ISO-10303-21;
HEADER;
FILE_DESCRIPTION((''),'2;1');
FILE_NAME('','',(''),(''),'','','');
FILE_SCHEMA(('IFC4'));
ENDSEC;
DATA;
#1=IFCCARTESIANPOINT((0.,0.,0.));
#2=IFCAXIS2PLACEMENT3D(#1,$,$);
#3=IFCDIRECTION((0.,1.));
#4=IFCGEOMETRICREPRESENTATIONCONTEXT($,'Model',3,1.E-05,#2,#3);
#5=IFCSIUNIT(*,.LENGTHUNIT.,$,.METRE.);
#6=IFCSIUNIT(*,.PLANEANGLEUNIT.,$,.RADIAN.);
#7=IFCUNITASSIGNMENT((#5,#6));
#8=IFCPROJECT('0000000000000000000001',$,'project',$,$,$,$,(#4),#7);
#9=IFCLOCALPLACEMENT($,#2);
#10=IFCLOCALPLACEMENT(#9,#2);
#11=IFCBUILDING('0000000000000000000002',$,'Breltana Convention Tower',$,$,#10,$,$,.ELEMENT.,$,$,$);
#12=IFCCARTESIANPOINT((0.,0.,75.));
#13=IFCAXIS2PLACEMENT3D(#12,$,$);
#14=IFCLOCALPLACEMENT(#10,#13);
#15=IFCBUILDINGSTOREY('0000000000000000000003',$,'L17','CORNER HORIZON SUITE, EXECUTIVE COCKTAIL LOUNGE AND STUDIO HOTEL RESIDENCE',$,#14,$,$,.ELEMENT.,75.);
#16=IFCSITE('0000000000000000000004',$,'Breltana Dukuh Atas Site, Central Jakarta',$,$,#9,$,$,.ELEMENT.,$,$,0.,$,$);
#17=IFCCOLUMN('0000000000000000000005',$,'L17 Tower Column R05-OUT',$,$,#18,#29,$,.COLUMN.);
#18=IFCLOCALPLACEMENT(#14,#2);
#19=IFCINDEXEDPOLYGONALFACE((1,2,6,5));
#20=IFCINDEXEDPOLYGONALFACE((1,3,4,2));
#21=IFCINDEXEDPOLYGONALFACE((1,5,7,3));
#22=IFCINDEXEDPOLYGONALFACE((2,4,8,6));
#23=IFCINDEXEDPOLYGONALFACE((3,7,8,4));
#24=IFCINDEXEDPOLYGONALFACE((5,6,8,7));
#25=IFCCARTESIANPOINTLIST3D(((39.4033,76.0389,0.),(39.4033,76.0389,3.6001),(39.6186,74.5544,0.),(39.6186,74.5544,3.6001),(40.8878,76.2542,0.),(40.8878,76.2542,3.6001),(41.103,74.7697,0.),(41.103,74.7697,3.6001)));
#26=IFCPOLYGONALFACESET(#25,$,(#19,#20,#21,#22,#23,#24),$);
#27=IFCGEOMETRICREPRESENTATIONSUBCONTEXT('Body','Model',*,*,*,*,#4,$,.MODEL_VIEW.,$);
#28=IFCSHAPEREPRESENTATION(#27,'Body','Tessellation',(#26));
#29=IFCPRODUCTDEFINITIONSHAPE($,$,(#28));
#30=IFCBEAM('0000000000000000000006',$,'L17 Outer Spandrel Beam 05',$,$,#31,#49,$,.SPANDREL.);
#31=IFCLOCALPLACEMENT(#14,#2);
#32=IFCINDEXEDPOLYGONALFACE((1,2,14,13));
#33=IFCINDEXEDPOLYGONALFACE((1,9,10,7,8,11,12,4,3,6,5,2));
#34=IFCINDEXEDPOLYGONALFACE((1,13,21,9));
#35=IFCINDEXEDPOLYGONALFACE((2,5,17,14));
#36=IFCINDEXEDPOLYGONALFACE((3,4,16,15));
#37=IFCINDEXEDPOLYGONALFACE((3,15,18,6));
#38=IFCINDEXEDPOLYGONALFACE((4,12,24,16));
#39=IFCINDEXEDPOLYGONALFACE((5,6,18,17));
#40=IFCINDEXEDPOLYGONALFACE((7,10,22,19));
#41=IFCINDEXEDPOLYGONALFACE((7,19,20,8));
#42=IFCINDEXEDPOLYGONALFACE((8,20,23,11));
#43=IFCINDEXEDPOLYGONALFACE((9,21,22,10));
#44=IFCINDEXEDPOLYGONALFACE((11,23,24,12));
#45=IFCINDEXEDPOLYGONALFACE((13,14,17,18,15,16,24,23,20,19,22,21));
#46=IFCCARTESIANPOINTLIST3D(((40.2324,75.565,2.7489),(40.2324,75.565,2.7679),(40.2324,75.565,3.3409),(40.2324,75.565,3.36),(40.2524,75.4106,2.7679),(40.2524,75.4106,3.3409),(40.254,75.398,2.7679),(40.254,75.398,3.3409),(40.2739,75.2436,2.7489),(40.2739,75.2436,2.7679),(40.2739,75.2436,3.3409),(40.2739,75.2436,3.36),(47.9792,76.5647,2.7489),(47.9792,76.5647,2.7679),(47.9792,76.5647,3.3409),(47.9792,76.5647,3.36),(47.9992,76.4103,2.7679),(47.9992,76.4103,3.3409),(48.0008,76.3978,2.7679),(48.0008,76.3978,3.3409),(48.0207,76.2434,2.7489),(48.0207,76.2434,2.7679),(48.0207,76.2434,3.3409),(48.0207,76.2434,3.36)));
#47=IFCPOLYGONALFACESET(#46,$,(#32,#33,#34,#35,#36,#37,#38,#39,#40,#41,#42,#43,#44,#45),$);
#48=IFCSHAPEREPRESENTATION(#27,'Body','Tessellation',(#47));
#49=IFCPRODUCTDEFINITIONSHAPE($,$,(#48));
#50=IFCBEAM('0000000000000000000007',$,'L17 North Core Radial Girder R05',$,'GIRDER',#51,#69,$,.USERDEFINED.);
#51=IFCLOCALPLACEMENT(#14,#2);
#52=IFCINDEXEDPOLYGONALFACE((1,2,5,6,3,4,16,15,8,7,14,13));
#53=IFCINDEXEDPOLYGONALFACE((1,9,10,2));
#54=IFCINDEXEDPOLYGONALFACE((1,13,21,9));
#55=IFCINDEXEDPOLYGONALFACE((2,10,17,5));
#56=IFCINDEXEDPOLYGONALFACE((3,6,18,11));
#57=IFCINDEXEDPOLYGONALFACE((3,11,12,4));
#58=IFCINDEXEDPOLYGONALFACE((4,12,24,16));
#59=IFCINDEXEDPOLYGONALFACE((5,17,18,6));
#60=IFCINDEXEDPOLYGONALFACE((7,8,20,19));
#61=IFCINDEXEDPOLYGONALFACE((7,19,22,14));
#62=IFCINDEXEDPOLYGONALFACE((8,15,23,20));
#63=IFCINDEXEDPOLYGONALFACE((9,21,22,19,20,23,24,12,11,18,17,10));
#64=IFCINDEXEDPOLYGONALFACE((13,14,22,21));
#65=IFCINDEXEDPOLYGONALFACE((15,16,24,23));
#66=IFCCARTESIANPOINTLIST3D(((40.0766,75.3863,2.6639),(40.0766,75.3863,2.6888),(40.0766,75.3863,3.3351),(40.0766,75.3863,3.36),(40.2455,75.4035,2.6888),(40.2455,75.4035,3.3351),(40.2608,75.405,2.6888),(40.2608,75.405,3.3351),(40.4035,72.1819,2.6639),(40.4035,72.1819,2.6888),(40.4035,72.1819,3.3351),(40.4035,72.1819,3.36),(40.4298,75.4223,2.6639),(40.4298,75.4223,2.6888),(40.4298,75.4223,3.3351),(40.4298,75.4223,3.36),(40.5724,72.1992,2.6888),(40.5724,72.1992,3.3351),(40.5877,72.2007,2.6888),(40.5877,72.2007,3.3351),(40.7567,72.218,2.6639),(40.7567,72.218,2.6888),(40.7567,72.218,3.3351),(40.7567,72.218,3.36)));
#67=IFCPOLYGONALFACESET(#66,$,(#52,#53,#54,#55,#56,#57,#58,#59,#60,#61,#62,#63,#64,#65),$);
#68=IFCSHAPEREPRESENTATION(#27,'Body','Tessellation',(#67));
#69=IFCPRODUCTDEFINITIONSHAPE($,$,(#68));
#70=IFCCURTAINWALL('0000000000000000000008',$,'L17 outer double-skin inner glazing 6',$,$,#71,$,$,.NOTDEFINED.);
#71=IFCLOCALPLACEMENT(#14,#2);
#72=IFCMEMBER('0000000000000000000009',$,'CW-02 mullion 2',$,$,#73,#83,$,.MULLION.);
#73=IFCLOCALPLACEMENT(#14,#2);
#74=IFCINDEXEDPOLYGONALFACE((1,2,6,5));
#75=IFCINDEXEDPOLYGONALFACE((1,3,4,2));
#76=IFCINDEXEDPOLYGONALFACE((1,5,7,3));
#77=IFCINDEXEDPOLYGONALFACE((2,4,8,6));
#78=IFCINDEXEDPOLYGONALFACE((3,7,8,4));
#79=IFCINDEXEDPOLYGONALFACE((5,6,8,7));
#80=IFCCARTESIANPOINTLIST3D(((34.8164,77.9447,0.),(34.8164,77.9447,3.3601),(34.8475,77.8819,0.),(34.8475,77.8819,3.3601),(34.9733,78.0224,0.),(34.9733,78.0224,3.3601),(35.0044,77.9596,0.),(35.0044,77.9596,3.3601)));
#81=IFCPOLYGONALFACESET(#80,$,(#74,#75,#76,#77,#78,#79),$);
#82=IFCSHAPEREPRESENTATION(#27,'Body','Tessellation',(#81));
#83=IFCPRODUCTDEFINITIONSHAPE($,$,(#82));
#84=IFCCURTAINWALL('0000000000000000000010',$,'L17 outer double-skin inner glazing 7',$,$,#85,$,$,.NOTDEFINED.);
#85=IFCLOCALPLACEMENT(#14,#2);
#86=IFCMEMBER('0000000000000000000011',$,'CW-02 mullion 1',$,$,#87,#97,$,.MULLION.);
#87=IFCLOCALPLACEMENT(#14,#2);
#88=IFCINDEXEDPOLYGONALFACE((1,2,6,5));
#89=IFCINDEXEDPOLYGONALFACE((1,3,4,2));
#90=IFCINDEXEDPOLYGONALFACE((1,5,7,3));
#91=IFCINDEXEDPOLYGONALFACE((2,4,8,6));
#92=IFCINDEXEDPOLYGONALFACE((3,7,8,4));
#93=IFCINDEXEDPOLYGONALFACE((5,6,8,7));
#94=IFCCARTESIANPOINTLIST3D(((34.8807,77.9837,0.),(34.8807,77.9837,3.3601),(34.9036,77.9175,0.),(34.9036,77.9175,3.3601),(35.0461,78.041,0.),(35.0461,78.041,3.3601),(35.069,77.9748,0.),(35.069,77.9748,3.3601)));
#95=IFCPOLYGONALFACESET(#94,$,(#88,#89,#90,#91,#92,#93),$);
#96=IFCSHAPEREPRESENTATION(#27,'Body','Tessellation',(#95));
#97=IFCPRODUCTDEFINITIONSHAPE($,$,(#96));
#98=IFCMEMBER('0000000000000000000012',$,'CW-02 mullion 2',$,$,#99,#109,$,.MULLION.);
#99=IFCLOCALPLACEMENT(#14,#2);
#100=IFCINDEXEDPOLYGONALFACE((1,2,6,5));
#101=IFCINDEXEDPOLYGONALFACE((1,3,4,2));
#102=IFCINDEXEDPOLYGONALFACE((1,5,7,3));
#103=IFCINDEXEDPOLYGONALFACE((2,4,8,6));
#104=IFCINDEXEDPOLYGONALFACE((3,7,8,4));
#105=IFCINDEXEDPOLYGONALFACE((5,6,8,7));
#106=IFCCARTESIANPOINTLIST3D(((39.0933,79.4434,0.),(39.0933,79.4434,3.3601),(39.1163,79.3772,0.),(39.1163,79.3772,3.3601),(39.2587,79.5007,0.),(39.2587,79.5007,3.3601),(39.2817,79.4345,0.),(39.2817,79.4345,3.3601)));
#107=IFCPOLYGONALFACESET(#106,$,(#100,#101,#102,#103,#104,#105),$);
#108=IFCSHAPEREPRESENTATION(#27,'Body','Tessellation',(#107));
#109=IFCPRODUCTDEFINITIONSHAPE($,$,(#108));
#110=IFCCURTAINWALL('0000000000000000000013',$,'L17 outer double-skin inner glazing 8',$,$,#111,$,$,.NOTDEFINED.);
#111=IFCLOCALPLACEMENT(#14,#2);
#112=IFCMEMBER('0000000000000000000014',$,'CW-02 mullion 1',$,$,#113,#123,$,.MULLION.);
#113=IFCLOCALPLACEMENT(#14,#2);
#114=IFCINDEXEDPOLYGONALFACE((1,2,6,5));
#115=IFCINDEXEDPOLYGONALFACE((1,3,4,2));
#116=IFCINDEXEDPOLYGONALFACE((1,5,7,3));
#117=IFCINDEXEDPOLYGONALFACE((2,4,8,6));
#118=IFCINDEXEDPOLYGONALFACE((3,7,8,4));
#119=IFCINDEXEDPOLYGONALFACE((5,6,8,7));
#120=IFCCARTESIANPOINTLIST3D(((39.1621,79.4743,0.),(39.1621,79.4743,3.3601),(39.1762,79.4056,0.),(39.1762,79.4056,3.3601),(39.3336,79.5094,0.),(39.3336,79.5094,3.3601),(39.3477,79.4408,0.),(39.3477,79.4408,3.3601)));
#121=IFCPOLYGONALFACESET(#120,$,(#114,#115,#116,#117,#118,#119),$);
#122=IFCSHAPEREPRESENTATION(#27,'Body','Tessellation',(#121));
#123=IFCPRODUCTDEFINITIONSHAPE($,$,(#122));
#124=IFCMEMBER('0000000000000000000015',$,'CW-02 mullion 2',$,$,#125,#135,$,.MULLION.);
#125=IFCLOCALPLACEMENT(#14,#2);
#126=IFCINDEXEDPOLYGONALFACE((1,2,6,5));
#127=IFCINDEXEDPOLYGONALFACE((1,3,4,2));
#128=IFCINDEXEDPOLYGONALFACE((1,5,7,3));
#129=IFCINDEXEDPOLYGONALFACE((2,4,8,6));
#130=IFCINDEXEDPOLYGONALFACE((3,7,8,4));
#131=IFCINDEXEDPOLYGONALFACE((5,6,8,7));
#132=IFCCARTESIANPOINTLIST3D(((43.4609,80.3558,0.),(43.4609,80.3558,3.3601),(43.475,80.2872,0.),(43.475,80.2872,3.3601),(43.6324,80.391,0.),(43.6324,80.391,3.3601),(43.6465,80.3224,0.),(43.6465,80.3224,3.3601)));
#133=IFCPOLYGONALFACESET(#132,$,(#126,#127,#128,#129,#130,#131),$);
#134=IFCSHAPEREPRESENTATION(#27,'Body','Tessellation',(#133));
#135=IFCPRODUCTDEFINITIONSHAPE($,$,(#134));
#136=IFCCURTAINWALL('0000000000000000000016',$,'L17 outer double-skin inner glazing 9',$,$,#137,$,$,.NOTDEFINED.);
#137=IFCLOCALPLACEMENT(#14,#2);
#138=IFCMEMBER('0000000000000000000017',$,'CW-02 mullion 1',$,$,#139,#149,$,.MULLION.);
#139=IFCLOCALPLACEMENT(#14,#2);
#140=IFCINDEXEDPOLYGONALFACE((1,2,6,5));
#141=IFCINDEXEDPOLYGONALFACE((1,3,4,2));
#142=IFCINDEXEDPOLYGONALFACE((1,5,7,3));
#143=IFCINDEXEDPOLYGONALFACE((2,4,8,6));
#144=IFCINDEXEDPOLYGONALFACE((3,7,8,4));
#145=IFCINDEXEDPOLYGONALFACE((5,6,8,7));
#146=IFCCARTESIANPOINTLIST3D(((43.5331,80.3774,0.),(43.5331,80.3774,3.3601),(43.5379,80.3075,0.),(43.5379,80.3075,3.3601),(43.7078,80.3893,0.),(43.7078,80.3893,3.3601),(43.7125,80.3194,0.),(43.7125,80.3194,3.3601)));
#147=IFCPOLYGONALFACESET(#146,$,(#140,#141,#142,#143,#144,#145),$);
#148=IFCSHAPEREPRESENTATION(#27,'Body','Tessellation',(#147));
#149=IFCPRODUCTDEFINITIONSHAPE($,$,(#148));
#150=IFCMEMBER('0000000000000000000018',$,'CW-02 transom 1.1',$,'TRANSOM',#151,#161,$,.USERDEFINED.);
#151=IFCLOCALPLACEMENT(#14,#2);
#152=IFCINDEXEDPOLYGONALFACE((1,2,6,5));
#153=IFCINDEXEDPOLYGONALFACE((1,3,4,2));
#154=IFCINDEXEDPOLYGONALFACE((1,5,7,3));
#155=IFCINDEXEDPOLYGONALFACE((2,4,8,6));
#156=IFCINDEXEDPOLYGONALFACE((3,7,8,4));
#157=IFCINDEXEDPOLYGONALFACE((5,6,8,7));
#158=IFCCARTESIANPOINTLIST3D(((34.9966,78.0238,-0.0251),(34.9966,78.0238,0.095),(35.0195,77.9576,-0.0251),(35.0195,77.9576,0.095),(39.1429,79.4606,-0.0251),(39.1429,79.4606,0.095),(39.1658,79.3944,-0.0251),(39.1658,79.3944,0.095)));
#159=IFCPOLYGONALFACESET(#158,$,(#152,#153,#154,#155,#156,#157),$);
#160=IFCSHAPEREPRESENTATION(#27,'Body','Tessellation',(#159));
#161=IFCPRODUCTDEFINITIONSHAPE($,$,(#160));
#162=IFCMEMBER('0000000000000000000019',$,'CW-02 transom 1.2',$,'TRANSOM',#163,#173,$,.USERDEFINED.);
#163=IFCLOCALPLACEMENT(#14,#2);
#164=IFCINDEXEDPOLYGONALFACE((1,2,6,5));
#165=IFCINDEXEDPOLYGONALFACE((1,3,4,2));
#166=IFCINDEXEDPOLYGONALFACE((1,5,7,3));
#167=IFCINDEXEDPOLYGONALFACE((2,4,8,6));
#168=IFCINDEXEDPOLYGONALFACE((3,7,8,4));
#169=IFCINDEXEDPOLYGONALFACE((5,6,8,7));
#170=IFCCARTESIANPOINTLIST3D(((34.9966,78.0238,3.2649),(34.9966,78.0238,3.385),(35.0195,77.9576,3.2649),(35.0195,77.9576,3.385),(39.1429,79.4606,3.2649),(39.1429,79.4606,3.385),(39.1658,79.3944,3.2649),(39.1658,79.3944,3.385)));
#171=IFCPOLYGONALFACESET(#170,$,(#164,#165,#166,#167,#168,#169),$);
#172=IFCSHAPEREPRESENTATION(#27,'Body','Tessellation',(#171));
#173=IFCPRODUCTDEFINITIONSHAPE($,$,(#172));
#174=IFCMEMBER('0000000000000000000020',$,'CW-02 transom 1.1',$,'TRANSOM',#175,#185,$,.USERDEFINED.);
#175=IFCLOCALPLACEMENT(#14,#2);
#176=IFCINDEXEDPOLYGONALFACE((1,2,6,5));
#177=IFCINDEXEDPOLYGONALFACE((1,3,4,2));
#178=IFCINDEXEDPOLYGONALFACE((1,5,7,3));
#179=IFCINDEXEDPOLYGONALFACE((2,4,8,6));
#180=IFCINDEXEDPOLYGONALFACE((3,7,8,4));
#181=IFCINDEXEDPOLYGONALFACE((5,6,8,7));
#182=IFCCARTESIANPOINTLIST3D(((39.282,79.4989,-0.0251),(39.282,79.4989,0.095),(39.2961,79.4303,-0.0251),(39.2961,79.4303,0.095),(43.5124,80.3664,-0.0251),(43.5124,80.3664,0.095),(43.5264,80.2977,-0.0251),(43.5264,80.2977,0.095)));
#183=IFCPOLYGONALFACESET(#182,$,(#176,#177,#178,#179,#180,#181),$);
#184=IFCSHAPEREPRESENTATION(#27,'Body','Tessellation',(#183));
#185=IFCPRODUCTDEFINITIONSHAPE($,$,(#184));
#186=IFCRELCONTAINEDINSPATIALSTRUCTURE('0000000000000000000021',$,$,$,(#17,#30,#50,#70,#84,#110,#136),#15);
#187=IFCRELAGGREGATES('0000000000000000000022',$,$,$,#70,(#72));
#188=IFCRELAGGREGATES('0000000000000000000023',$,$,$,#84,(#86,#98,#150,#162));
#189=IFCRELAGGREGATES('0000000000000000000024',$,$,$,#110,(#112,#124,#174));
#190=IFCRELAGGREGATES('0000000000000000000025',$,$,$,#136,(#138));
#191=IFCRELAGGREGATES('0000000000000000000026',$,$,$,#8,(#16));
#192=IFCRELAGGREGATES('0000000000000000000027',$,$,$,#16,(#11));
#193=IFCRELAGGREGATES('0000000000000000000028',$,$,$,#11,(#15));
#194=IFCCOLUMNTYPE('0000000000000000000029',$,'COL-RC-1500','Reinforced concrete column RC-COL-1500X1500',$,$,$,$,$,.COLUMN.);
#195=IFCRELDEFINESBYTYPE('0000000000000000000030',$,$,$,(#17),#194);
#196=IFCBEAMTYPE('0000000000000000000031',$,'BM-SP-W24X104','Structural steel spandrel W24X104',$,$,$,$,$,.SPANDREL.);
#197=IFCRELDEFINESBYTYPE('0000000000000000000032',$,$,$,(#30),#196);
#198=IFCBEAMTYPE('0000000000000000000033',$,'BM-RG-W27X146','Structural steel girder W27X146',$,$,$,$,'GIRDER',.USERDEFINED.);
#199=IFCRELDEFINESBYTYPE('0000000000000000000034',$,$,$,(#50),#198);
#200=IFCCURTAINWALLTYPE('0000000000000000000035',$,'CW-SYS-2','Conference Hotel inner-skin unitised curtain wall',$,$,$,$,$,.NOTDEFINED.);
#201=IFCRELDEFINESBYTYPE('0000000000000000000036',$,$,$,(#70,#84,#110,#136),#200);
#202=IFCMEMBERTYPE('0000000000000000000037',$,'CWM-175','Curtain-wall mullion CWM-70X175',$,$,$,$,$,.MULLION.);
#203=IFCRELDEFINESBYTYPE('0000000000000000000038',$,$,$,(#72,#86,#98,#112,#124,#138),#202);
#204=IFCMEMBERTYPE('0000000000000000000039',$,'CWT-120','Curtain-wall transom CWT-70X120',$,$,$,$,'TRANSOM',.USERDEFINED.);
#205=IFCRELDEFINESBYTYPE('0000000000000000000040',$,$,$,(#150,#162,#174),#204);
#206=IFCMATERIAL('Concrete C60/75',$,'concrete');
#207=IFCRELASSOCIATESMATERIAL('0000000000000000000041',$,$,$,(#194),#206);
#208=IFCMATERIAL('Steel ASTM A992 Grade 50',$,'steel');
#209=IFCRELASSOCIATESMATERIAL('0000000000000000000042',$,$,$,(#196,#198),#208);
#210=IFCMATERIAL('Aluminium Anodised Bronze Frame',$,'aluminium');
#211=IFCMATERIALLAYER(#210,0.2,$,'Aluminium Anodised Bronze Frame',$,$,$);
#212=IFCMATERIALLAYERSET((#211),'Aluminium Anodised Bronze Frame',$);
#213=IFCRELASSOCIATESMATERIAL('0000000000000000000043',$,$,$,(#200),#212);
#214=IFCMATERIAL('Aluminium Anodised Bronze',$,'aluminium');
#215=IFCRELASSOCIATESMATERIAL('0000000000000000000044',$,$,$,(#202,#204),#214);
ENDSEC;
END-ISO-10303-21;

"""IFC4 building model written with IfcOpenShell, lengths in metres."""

from ifc_helpers import new_model, si_unit, direction, frame, origin, origin_2d, place, context, subcontext, project, spatial, rectangle, i_section, extrude, source, transform, mapped, material, layer, layer_set, material_profile, profile_set, type_object, type_shapes, element, aggregate, save


model = new_model("IFC4")

# Units and contexts
model_context = context("Model", 3, precision=1e-05, world=origin(), true_north=direction((0.0, 1.0)))
body_context = subcontext(model_context, "Body", "Model", "MODEL_VIEW")
ifc_project = project(units=[si_unit("LENGTHUNIT", "METRE"), si_unit("PLANEANGLEUNIT", "RADIAN")], contexts=[model_context])

# Site, building, storey
site_placement = place(None, origin())
site = spatial("IfcSite", under=ifc_project, at=site_placement, Name="Breltana Dukuh Atas Site, Central Jakarta", CompositionType="ELEMENT", RefElevation=0.0)
building_placement = place(site_placement, origin())
building = spatial("IfcBuilding", under=site, at=building_placement, Name="Breltana Convention Tower", CompositionType="ELEMENT")
storey_placement = place(building_placement, frame((0.0, 0.0, 75.0)))
storey = spatial("IfcBuildingStorey", under=building, at=storey_placement, Name="L17", Description="CORNER HORIZON SUITE, EXECUTIVE COCKTAIL LOUNGE AND STUDIO HOTEL RESIDENCE", CompositionType="ELEMENT", Elevation=75.0)

# Column
ifc_material_1 = material(Name="Concrete C60/75", Category="concrete")
ifc_material_profile_1 = material_profile(ifc_material_1, rectangle(XDim=1.5, YDim=1.5, at=origin_2d()), Name="RC-COL-1500X1500")
ifc_profile_set_1 = profile_set([ifc_material_profile_1], Name="Concrete C60/75")
column_type = type_object("IfcColumnType", Name="COL-RC-1500", Description="Reinforced concrete column RC-COL-1500X1500", PredefinedType="COLUMN", material=ifc_profile_set_1)
shared_shape_1 = source(origin(), body_context, "Body", "SweptSolid", [
    extrude(rectangle(XDim=1.5, YDim=1.5, at=origin_2d()), origin(), (0.0, 0.0, 1.0), 3.6001),
])
column_placement = place(storey_placement, frame((40.2532, 75.4043, 0.0), z_axis=(0.0, 0.0, 1.0), x_axis=(-0.143493, 0.989651, 0.0)))
element("IfcColumn", 1, at=column_placement, inside=storey, type_object=column_type, Name="L17 Tower Column R05-OUT", PredefinedType="COLUMN", context=body_context, shape_type="MappedRepresentation", body=[
    mapped(shared_shape_1, transform((0.0, 0.0, 0.0), scale=1.0)),
])

# Beams
ifc_material_2 = material(Name="Steel ASTM A992 Grade 50", Category="steel")
ifc_material_profile_2 = material_profile(ifc_material_2, i_section(OverallWidth=0.324, OverallDepth=0.6111, WebThickness=0.0127, FlangeThickness=0.019, at=origin_2d()), Name="W24X104")
ifc_profile_set_2 = profile_set([ifc_material_profile_2], Name="Steel ASTM A992 Grade 50")
beam_type_1 = type_object("IfcBeamType", Name="BM-SP-W24X104", Description="Structural steel spandrel W24X104", PredefinedType="SPANDREL", material=ifc_profile_set_2)
shared_shape_2 = source(origin(), body_context, "Body", "SweptSolid", [
    extrude(i_section(OverallWidth=0.324, OverallDepth=0.6111, WebThickness=0.0127, FlangeThickness=0.019, at=origin_2d()), origin(), (0.0, 0.0, 1.0), 7.811),
])
beam_1_placement = place(storey_placement, frame((40.2532, 75.4043, 3.0544), z_axis=(0.991775, 0.127992, 0.0), x_axis=(-0.127992, 0.991775, 0.0)))
element("IfcBeam", 2, at=beam_1_placement, inside=storey, type_object=beam_type_1, Name="L17 Outer Spandrel Beam 05", PredefinedType="SPANDREL", context=body_context, shape_type="MappedRepresentation", body=[
    mapped(shared_shape_2, transform((0.0, 0.0, 0.0), scale=1.0)),
])
ifc_material_profile_3 = material_profile(ifc_material_2, i_section(OverallWidth=0.355, OverallDepth=0.696, WebThickness=0.0154, FlangeThickness=0.0249, at=origin_2d()), Name="W27X146")
ifc_profile_set_3 = profile_set([ifc_material_profile_3], Name="Steel ASTM A992 Grade 50")
beam_type_2 = type_object("IfcBeamType", Name="BM-RG-W27X146", Description="Structural steel girder W27X146", ElementType="GIRDER", PredefinedType="USERDEFINED", material=ifc_profile_set_3)
shared_shape_3 = source(origin(), body_context, "Body", "SweptSolid", [
    extrude(i_section(OverallWidth=0.355, OverallDepth=0.696, WebThickness=0.0154, FlangeThickness=0.0249, at=origin_2d()), origin(), (0.0, 0.0, 1.0), 3.2209),
])
beam_2_placement = place(storey_placement, frame((40.5801, 72.2, 3.012), z_axis=(-0.101492, 0.994836, 0.0), x_axis=(-0.994836, -0.101492, 0.0)))
element("IfcBeam", 3, at=beam_2_placement, inside=storey, type_object=beam_type_2, Name="L17 North Core Radial Girder R05", ObjectType="GIRDER", PredefinedType="USERDEFINED", context=body_context, shape_type="MappedRepresentation", body=[
    mapped(shared_shape_3, transform((0.0, 0.0, 0.0), scale=1.0)),
])

# Curtain wall, member
ifc_material_3 = material(Name="Aluminium Anodised Bronze Frame", Category="aluminium")
ifc_layer_1 = layer(ifc_material_3, 0.2, Name="Aluminium Anodised Bronze Frame")
ifc_layer_set_1 = layer_set([ifc_layer_1], Name="Aluminium Anodised Bronze Frame")
curtain_wall_type = type_object("IfcCurtainWallType", Name="CW-SYS-2", Description="Conference Hotel inner-skin unitised curtain wall", PredefinedType="NOTDEFINED", material=ifc_layer_set_1)
curtain_wall_1_placement = place(storey_placement, origin())
curtain_wall_1 = element("IfcCurtainWall", 4, at=curtain_wall_1_placement, inside=storey, type_object=curtain_wall_type, Name="L17 outer double-skin inner glazing 6", PredefinedType="NOTDEFINED")
ifc_material_4 = material(Name="Aluminium Anodised Bronze", Category="aluminium")
ifc_material_profile_4 = material_profile(ifc_material_4, rectangle(XDim=0.0701, YDim=0.175, at=origin_2d()), Name="CWM-70X175")
ifc_profile_set_4 = profile_set([ifc_material_profile_4], Name="Aluminium Anodised Bronze")
member_type_1 = type_object("IfcMemberType", Name="CWM-175", Description="Curtain-wall mullion CWM-70X175", PredefinedType="MULLION", material=ifc_profile_set_4)
shared_shape_4 = source(origin(), body_context, "Body", "SweptSolid", [
    extrude(rectangle(XDim=0.0701, YDim=0.175, at=origin_2d()), origin(), (0.0, 0.0, 1.0), 3.3601),
])
type_shapes(member_type_1, [shared_shape_4])
member_1_placement = place(storey_placement, frame((34.9104, 77.9521, 0.0), z_axis=(0.0, 0.0, 1.0), x_axis=(-0.444108, 0.895973, 0.0)))
member_1 = element("IfcMember", 5, at=member_1_placement, type_object=member_type_1, Name="CW-02 mullion 2", PredefinedType="MULLION", context=body_context, shape_type="MappedRepresentation", body=[
    mapped(shared_shape_4, transform((0.0, 0.0, 0.0), scale=1.0)),
])

# Curtain walls, members
curtain_wall_2_placement = place(storey_placement, origin())
curtain_wall_2 = element("IfcCurtainWall", 6, at=curtain_wall_2_placement, inside=storey, type_object=curtain_wall_type, Name="L17 outer double-skin inner glazing 7", PredefinedType="NOTDEFINED")
member_2_placement = place(storey_placement, frame((34.9749, 77.9792, 0.0), z_axis=(0.0, 0.0, 1.0), x_axis=(-0.327428, 0.944876, 0.0)))
member_2 = element("IfcMember", 7, at=member_2_placement, type_object=member_type_1, Name="CW-02 mullion 1", PredefinedType="MULLION", context=body_context, shape_type="MappedRepresentation", body=[
    mapped(shared_shape_4, transform((0.0, 0.0, 0.0), scale=1.0)),
])
member_3_placement = place(storey_placement, frame((39.1875, 79.439, 0.0), z_axis=(0.0, 0.0, 1.0), x_axis=(-0.327428, 0.944876, 0.0)))
member_3 = element("IfcMember", 8, at=member_3_placement, type_object=member_type_1, Name="CW-02 mullion 2", PredefinedType="MULLION", context=body_context, shape_type="MappedRepresentation", body=[
    mapped(shared_shape_4, transform((0.0, 0.0, 0.0), scale=1.0)),
])
curtain_wall_3_placement = place(storey_placement, origin())
curtain_wall_3 = element("IfcCurtainWall", 9, at=curtain_wall_3_placement, inside=storey, type_object=curtain_wall_type, Name="L17 outer double-skin inner glazing 8", PredefinedType="NOTDEFINED")
member_4_placement = place(storey_placement, frame((39.2549, 79.4575, 0.0), z_axis=(0.0, 0.0, 1.0), x_axis=(-0.200885, 0.979615, 0.0)))
member_4 = element("IfcMember", 10, at=member_4_placement, type_object=member_type_1, Name="CW-02 mullion 1", PredefinedType="MULLION", context=body_context, shape_type="MappedRepresentation", body=[
    mapped(shared_shape_4, transform((0.0, 0.0, 0.0), scale=1.0)),
])
member_5_placement = place(storey_placement, frame((43.5537, 80.3391, 0.0), z_axis=(0.0, 0.0, 1.0), x_axis=(-0.200885, 0.979615, 0.0)))
member_5 = element("IfcMember", 11, at=member_5_placement, type_object=member_type_1, Name="CW-02 mullion 2", PredefinedType="MULLION", context=body_context, shape_type="MappedRepresentation", body=[
    mapped(shared_shape_4, transform((0.0, 0.0, 0.0), scale=1.0)),
])

# Curtain wall, member
curtain_wall_4_placement = place(storey_placement, origin())
curtain_wall_4 = element("IfcCurtainWall", 12, at=curtain_wall_4_placement, inside=storey, type_object=curtain_wall_type, Name="L17 outer double-skin inner glazing 9", PredefinedType="NOTDEFINED")
member_6_placement = place(storey_placement, frame((43.6228, 80.3484, 0.0), z_axis=(0.0, 0.0, 1.0), x_axis=(-0.067726, 0.997704, 0.0)))
member_6 = element("IfcMember", 13, at=member_6_placement, type_object=member_type_1, Name="CW-02 mullion 1", PredefinedType="MULLION", context=body_context, shape_type="MappedRepresentation", body=[
    mapped(shared_shape_4, transform((0.0, 0.0, 0.0), scale=1.0)),
])

# Members
ifc_material_profile_5 = material_profile(ifc_material_4, rectangle(XDim=0.0701, YDim=0.1201, at=origin_2d()), Name="CWT-70X120")
ifc_profile_set_5 = profile_set([ifc_material_profile_5], Name="Aluminium Anodised Bronze")
member_type_2 = type_object("IfcMemberType", Name="CWT-120", Description="Curtain-wall transom CWT-70X120", ElementType="TRANSOM", PredefinedType="USERDEFINED", material=ifc_profile_set_5)
shared_shape_5 = source(origin(), body_context, "Body", "SweptSolid", [
    extrude(rectangle(XDim=0.0701, YDim=0.1201, at=origin_2d()), origin(), (0.0, 0.0, 1.0), 4.3882),
])
member_7_placement = place(storey_placement, frame((35.0081, 77.9907, 0.0349), z_axis=(0.944878, 0.327422, 0.0), x_axis=(-0.327422, 0.944878, 0.0)))
member_7 = element("IfcMember", 14, at=member_7_placement, type_object=member_type_2, Name="CW-02 transom 1.1", ObjectType="TRANSOM", PredefinedType="USERDEFINED", context=body_context, shape_type="MappedRepresentation", body=[
    mapped(shared_shape_5, transform((0.0, 0.0, 0.0), scale=1.0)),
])
member_8_placement = place(storey_placement, frame((35.0081, 77.9907, 3.325), z_axis=(0.944878, 0.327422, 0.0), x_axis=(-0.327422, 0.944878, 0.0)))
member_8 = element("IfcMember", 15, at=member_8_placement, type_object=member_type_2, Name="CW-02 transom 1.2", ObjectType="TRANSOM", PredefinedType="USERDEFINED", context=body_context, shape_type="MappedRepresentation", body=[
    mapped(shared_shape_5, transform((0.0, 0.0, 0.0), scale=1.0)),
])
shared_shape_6 = source(origin(), body_context, "Body", "SweptSolid", [
    extrude(rectangle(XDim=0.0701, YDim=0.1201, at=origin_2d()), origin(), (0.0, 0.0, 1.0), 4.3184),
])
member_9_placement = place(storey_placement, frame((39.2891, 79.4646, 0.0349), z_axis=(0.979617, 0.200876, 0.0), x_axis=(-0.200876, 0.979617, 0.0)))
member_9 = element("IfcMember", 16, at=member_9_placement, type_object=member_type_2, Name="CW-02 transom 1.1", ObjectType="TRANSOM", PredefinedType="USERDEFINED", context=body_context, shape_type="MappedRepresentation", body=[
    mapped(shared_shape_6, transform((0.0, 0.0, 0.0), scale=1.0)),
])

aggregate(curtain_wall_1, [member_1])
aggregate(curtain_wall_2, [member_2, member_3, member_7, member_8])
aggregate(curtain_wall_3, [member_4, member_5, member_9])
aggregate(curtain_wall_4, [member_6])

save(model, "model.ifc")
